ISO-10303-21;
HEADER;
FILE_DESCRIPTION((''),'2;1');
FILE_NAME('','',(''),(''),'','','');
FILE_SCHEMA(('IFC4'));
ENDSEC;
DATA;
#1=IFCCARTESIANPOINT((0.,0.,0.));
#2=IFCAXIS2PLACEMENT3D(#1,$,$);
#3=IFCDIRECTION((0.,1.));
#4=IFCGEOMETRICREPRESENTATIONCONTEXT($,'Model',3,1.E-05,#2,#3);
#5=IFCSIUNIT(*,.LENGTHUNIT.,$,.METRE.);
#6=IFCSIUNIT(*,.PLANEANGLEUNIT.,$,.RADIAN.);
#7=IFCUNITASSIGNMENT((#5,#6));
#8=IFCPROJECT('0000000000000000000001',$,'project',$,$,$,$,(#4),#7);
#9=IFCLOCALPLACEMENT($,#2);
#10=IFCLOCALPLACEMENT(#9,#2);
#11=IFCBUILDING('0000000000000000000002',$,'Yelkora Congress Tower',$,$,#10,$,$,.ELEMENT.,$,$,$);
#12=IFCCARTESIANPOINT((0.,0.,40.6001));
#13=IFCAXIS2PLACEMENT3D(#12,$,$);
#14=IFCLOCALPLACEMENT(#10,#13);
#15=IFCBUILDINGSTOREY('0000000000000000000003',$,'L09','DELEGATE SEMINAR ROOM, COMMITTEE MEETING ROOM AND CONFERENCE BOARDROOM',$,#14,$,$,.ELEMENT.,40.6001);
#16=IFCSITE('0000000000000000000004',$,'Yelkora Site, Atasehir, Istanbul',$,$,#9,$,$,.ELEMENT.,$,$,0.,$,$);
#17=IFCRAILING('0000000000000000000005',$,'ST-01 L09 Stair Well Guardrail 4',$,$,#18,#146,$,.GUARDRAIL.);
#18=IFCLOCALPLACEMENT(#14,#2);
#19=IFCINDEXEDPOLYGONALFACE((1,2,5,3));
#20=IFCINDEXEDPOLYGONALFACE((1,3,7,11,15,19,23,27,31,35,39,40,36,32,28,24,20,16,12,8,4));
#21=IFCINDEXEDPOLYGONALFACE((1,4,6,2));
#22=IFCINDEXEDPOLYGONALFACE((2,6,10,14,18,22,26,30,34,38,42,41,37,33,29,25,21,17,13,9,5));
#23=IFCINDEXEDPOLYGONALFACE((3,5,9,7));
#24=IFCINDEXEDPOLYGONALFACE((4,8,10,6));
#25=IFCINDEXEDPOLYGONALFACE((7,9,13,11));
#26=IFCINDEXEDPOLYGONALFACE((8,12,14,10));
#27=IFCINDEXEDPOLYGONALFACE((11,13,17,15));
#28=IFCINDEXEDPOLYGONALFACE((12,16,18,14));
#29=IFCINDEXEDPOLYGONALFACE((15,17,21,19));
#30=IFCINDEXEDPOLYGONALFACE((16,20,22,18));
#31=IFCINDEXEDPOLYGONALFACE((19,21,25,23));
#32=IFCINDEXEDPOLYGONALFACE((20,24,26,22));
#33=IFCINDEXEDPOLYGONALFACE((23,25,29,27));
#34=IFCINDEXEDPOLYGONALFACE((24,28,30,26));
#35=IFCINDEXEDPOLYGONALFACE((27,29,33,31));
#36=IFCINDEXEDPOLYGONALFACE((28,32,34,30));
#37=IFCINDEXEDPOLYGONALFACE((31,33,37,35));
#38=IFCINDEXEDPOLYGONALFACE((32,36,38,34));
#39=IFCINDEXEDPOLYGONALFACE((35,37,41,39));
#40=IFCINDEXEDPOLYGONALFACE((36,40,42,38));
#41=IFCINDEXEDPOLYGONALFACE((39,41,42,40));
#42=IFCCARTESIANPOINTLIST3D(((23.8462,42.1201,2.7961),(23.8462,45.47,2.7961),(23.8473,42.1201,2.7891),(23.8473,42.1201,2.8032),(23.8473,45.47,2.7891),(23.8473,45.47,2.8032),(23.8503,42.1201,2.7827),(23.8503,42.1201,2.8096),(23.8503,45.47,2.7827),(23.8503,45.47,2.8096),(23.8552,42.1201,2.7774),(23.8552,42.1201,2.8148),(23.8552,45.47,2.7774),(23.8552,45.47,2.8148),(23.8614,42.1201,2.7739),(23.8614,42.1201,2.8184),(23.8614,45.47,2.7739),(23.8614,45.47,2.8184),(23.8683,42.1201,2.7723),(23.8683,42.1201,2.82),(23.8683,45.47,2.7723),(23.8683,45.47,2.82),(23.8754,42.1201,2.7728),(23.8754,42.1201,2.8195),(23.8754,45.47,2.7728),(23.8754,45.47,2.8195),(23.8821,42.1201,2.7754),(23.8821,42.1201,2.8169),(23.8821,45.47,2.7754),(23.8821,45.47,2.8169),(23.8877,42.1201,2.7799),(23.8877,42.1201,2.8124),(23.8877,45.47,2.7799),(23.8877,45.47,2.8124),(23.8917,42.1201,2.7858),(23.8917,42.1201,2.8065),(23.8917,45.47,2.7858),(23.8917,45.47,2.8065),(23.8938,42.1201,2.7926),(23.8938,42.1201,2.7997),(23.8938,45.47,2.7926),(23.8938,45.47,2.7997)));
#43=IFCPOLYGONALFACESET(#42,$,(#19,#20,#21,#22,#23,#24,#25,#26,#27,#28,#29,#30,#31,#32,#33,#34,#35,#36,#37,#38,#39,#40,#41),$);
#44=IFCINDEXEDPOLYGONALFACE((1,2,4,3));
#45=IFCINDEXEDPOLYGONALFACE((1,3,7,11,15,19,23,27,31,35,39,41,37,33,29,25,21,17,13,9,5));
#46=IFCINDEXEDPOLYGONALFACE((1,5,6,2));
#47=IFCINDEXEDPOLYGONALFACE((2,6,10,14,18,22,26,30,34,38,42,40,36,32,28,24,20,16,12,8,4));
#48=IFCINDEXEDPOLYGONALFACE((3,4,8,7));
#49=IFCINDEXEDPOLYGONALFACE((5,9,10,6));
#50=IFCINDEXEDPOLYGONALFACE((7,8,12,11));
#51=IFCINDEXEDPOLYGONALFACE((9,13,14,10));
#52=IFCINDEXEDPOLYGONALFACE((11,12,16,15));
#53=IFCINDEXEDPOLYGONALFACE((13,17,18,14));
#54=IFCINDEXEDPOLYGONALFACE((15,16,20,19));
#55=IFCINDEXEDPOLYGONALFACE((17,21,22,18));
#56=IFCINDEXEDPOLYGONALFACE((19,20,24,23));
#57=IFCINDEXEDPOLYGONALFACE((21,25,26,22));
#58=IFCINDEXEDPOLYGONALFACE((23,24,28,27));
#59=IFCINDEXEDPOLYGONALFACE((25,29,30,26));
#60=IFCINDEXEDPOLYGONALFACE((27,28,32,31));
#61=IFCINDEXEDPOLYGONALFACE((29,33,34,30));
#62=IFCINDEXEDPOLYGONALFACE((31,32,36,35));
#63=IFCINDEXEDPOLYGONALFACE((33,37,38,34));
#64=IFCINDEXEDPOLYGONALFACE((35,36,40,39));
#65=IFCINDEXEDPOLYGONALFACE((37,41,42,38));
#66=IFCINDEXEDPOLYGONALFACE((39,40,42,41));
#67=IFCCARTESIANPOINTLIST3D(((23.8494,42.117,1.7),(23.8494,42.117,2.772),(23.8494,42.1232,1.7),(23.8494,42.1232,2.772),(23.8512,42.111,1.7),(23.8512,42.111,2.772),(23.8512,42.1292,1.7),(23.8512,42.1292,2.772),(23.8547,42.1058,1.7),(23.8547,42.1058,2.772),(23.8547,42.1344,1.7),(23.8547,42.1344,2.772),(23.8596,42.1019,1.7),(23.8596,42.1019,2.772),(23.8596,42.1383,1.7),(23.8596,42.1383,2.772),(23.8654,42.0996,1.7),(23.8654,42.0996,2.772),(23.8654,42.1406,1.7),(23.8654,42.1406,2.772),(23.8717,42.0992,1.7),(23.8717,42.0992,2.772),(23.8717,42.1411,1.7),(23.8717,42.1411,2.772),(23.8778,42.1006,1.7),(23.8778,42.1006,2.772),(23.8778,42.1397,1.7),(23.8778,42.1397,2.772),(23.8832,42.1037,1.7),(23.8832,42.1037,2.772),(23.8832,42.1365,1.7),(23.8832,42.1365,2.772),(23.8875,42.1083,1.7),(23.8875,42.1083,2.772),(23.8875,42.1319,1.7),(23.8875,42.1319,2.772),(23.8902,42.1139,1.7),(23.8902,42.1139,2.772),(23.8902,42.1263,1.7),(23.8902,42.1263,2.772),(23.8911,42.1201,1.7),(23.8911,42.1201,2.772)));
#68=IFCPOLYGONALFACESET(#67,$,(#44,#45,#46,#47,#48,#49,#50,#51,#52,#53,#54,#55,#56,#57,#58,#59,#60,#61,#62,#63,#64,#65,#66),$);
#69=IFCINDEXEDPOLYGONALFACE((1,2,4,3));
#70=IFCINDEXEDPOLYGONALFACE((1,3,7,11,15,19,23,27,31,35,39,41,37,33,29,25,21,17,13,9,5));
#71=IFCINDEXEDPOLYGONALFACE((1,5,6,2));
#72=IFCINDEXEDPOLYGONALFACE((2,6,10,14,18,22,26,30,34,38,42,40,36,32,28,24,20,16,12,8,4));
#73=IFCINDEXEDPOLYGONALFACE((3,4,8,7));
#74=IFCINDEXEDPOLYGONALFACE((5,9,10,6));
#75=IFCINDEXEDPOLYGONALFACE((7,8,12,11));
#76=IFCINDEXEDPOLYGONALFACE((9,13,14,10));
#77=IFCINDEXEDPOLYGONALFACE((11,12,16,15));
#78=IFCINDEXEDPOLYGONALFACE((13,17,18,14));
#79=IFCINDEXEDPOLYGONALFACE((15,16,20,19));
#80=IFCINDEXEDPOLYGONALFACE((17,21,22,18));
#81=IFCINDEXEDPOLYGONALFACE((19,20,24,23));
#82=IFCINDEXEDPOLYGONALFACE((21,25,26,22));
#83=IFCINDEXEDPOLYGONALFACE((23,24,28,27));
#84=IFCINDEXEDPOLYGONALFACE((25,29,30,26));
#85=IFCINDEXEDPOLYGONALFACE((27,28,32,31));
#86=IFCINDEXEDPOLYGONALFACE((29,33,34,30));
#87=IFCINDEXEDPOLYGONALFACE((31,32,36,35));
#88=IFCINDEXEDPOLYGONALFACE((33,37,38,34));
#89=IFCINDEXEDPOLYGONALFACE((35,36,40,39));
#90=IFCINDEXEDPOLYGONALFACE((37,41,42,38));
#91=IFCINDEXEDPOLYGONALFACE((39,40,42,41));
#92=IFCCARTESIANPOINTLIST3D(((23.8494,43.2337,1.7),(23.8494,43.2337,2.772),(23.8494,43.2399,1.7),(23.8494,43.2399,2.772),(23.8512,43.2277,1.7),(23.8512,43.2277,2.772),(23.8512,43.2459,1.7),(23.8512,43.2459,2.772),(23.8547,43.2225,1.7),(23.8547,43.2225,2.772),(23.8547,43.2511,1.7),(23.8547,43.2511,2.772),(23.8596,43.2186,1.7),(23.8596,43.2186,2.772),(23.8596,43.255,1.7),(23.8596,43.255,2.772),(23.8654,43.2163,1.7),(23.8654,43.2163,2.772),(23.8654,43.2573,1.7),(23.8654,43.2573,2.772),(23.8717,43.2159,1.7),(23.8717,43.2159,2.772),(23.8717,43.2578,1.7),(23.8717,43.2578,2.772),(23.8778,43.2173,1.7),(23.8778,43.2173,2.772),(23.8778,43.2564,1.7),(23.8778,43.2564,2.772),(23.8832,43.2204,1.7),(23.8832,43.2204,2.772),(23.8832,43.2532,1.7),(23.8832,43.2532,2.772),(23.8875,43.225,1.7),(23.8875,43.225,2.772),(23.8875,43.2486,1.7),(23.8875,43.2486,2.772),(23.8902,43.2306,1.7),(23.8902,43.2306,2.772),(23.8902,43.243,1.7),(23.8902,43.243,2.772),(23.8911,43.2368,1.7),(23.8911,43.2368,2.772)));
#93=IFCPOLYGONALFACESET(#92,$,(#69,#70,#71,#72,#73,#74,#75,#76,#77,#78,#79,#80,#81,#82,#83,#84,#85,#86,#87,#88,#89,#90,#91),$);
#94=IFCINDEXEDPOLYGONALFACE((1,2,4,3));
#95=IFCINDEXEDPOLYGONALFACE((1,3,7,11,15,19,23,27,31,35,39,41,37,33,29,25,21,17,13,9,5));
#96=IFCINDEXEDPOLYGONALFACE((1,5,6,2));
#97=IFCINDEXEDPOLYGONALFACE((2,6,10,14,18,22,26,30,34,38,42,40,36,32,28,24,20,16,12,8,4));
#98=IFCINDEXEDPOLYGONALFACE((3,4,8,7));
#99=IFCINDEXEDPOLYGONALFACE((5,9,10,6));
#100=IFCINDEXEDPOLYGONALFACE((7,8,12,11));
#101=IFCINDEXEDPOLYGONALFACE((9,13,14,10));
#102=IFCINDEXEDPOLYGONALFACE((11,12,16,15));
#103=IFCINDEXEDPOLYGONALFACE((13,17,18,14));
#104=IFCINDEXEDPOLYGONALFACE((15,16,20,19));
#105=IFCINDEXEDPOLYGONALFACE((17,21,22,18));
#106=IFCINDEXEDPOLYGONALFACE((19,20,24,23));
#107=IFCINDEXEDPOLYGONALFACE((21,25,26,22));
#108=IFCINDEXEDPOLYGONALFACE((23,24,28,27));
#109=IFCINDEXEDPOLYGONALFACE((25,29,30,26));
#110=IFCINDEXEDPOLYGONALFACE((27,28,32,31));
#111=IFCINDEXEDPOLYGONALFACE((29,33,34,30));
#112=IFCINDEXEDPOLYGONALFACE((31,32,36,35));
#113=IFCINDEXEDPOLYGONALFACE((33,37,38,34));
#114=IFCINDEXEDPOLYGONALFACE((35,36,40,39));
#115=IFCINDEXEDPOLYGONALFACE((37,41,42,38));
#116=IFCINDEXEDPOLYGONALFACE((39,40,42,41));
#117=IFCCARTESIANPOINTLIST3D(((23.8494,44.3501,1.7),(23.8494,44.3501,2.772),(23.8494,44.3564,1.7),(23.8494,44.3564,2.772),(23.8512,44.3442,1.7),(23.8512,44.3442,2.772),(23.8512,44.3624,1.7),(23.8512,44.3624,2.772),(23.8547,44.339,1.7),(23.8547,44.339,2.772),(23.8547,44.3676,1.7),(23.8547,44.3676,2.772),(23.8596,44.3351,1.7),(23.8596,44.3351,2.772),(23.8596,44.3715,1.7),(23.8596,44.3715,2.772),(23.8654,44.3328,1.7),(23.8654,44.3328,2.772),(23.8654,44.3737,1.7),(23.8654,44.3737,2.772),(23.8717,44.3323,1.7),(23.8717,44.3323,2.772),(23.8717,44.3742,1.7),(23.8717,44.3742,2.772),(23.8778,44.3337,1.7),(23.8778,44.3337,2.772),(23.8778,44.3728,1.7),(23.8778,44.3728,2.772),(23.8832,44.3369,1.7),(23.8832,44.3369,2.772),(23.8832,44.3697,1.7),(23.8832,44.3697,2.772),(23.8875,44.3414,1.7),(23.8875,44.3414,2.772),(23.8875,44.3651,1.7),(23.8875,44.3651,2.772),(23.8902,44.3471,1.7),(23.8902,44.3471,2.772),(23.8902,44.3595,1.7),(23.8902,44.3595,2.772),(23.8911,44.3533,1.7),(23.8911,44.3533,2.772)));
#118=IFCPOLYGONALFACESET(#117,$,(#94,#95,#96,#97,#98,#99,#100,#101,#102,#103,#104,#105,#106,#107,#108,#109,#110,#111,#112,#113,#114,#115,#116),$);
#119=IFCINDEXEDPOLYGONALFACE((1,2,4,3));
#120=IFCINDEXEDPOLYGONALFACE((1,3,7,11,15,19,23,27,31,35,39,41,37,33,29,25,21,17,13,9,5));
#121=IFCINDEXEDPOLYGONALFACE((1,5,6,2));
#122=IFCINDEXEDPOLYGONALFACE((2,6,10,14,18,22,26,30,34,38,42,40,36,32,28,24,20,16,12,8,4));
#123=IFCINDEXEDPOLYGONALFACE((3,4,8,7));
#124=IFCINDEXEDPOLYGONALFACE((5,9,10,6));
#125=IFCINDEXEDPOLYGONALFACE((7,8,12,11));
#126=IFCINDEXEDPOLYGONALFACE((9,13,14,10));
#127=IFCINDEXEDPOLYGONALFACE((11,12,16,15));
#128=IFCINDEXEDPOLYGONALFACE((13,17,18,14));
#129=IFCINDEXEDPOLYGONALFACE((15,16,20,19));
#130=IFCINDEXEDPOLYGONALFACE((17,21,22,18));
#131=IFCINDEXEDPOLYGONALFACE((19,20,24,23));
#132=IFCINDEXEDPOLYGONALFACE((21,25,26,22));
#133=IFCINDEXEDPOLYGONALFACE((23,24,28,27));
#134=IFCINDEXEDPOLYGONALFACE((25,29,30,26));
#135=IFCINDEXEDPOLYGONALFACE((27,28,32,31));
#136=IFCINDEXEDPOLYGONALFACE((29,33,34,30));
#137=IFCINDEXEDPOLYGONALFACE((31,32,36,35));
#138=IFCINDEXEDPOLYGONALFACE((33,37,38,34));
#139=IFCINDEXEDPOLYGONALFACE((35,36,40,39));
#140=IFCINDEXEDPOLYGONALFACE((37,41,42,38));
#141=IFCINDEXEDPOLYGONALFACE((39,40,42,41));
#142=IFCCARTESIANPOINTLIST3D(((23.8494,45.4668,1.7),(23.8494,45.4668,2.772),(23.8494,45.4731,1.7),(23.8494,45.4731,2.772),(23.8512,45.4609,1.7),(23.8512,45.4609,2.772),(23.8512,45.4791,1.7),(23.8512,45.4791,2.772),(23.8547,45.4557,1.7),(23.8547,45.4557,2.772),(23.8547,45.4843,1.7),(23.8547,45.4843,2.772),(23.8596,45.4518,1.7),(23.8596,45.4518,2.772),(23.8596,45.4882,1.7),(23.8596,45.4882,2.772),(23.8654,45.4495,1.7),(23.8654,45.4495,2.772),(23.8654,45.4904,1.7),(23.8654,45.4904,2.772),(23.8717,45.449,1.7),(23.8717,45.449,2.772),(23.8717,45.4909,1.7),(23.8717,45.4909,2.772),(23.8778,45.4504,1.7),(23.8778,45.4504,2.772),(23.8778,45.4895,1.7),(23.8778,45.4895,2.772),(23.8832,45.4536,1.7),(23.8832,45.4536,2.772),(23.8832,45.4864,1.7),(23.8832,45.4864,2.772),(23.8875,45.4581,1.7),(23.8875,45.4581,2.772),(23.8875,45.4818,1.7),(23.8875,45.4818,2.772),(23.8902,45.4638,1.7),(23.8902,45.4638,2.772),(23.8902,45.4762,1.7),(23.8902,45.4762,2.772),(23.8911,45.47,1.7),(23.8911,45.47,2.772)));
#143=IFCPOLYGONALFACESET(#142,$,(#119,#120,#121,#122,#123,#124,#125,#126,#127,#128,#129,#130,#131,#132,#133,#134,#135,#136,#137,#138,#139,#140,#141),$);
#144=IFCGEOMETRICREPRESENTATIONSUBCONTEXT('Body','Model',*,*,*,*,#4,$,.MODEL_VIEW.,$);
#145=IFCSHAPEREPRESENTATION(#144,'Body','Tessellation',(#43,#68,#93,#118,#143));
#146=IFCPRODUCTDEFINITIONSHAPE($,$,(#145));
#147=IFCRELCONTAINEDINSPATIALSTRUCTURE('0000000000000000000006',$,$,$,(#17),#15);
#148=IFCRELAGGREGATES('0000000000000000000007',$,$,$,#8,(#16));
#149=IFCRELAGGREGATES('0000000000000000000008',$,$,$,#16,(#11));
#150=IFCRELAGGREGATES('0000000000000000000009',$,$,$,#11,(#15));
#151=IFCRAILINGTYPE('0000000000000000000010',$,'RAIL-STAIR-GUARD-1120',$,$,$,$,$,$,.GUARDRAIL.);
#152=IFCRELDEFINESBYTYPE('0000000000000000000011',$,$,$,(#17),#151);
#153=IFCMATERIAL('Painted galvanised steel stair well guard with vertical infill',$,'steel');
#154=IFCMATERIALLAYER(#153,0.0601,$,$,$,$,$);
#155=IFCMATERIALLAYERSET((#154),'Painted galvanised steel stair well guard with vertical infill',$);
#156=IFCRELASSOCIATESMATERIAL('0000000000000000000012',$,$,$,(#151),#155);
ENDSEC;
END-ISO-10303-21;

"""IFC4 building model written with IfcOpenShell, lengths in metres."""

from ifc_helpers import new_model, si_unit, direction, frame, origin, origin_2d, place, context, subcontext, project, spatial, circle, extrude, material, layer, layer_set, type_object, element, save


model = new_model("IFC4")

# Units and contexts
model_context = context("Model", 3, precision=1e-05, world=origin(), true_north=direction((0.0, 1.0)))
body_context = subcontext(model_context, "Body", "Model", "MODEL_VIEW")
ifc_project = project(units=[si_unit("LENGTHUNIT", "METRE"), si_unit("PLANEANGLEUNIT", "RADIAN")], contexts=[model_context])

# Site, building, storey
site_placement = place(None, origin())
site = spatial("IfcSite", under=ifc_project, at=site_placement, Name="Yelkora Site, Atasehir, Istanbul", CompositionType="ELEMENT", RefElevation=0.0)
building_placement = place(site_placement, origin())
building = spatial("IfcBuilding", under=site, at=building_placement, Name="Yelkora Congress Tower", CompositionType="ELEMENT")
storey_placement = place(building_placement, frame((0.0, 0.0, 40.6001)))
storey = spatial("IfcBuildingStorey", under=building, at=storey_placement, Name="L09", Description="DELEGATE SEMINAR ROOM, COMMITTEE MEETING ROOM AND CONFERENCE BOARDROOM", CompositionType="ELEMENT", Elevation=40.6001)

# Railing
ifc_material_1 = material(Name="Painted galvanised steel stair well guard with vertical infill", Category="steel")
ifc_layer_1 = layer(ifc_material_1, 0.0601)
ifc_layer_set_1 = layer_set([ifc_layer_1], Name="Painted galvanised steel stair well guard with vertical infill")
railing_type_1 = type_object("IfcRailingType", Name="RAIL-STAIR-GUARD-1120", PredefinedType="GUARDRAIL", material=ifc_layer_set_1)
for number, where, name in (
    (1, (23.8701, 42.1201, 1.7), "ST-01 L09 Stair Well Guardrail 4"),
):
    element("IfcRailing", number, at=place(storey_placement, frame(where)), inside=storey, type_object=railing_type_1, Name=name, PredefinedType="GUARDRAIL", context=body_context, shape_type="SweptSolid", body=[
        extrude(circle(Radius=0.0239, at=origin_2d()), frame((0.0, 0.0, 1.0962), z_axis=(0.0, 1.0, 0.0), x_axis=(-1.0, 0.0, 0.0)), (0.0, 0.0, 1.0), 3.3499),
        extrude(circle(Radius=0.021, at=origin_2d()), origin(), (0.0, 0.0, 1.0), 1.072),
        extrude(circle(Radius=0.021, at=origin_2d()), frame((0.0, 1.1167, 0.0)), (0.0, 0.0, 1.0), 1.072),
        extrude(circle(Radius=0.021, at=origin_2d()), frame((0.0, 2.2332, 0.0)), (0.0, 0.0, 1.0), 1.072),
        extrude(circle(Radius=0.021, at=origin_2d()), frame((0.0, 3.3499, 0.0)), (0.0, 0.0, 1.0), 1.072),
    ])

save(model, "model.ifc")
